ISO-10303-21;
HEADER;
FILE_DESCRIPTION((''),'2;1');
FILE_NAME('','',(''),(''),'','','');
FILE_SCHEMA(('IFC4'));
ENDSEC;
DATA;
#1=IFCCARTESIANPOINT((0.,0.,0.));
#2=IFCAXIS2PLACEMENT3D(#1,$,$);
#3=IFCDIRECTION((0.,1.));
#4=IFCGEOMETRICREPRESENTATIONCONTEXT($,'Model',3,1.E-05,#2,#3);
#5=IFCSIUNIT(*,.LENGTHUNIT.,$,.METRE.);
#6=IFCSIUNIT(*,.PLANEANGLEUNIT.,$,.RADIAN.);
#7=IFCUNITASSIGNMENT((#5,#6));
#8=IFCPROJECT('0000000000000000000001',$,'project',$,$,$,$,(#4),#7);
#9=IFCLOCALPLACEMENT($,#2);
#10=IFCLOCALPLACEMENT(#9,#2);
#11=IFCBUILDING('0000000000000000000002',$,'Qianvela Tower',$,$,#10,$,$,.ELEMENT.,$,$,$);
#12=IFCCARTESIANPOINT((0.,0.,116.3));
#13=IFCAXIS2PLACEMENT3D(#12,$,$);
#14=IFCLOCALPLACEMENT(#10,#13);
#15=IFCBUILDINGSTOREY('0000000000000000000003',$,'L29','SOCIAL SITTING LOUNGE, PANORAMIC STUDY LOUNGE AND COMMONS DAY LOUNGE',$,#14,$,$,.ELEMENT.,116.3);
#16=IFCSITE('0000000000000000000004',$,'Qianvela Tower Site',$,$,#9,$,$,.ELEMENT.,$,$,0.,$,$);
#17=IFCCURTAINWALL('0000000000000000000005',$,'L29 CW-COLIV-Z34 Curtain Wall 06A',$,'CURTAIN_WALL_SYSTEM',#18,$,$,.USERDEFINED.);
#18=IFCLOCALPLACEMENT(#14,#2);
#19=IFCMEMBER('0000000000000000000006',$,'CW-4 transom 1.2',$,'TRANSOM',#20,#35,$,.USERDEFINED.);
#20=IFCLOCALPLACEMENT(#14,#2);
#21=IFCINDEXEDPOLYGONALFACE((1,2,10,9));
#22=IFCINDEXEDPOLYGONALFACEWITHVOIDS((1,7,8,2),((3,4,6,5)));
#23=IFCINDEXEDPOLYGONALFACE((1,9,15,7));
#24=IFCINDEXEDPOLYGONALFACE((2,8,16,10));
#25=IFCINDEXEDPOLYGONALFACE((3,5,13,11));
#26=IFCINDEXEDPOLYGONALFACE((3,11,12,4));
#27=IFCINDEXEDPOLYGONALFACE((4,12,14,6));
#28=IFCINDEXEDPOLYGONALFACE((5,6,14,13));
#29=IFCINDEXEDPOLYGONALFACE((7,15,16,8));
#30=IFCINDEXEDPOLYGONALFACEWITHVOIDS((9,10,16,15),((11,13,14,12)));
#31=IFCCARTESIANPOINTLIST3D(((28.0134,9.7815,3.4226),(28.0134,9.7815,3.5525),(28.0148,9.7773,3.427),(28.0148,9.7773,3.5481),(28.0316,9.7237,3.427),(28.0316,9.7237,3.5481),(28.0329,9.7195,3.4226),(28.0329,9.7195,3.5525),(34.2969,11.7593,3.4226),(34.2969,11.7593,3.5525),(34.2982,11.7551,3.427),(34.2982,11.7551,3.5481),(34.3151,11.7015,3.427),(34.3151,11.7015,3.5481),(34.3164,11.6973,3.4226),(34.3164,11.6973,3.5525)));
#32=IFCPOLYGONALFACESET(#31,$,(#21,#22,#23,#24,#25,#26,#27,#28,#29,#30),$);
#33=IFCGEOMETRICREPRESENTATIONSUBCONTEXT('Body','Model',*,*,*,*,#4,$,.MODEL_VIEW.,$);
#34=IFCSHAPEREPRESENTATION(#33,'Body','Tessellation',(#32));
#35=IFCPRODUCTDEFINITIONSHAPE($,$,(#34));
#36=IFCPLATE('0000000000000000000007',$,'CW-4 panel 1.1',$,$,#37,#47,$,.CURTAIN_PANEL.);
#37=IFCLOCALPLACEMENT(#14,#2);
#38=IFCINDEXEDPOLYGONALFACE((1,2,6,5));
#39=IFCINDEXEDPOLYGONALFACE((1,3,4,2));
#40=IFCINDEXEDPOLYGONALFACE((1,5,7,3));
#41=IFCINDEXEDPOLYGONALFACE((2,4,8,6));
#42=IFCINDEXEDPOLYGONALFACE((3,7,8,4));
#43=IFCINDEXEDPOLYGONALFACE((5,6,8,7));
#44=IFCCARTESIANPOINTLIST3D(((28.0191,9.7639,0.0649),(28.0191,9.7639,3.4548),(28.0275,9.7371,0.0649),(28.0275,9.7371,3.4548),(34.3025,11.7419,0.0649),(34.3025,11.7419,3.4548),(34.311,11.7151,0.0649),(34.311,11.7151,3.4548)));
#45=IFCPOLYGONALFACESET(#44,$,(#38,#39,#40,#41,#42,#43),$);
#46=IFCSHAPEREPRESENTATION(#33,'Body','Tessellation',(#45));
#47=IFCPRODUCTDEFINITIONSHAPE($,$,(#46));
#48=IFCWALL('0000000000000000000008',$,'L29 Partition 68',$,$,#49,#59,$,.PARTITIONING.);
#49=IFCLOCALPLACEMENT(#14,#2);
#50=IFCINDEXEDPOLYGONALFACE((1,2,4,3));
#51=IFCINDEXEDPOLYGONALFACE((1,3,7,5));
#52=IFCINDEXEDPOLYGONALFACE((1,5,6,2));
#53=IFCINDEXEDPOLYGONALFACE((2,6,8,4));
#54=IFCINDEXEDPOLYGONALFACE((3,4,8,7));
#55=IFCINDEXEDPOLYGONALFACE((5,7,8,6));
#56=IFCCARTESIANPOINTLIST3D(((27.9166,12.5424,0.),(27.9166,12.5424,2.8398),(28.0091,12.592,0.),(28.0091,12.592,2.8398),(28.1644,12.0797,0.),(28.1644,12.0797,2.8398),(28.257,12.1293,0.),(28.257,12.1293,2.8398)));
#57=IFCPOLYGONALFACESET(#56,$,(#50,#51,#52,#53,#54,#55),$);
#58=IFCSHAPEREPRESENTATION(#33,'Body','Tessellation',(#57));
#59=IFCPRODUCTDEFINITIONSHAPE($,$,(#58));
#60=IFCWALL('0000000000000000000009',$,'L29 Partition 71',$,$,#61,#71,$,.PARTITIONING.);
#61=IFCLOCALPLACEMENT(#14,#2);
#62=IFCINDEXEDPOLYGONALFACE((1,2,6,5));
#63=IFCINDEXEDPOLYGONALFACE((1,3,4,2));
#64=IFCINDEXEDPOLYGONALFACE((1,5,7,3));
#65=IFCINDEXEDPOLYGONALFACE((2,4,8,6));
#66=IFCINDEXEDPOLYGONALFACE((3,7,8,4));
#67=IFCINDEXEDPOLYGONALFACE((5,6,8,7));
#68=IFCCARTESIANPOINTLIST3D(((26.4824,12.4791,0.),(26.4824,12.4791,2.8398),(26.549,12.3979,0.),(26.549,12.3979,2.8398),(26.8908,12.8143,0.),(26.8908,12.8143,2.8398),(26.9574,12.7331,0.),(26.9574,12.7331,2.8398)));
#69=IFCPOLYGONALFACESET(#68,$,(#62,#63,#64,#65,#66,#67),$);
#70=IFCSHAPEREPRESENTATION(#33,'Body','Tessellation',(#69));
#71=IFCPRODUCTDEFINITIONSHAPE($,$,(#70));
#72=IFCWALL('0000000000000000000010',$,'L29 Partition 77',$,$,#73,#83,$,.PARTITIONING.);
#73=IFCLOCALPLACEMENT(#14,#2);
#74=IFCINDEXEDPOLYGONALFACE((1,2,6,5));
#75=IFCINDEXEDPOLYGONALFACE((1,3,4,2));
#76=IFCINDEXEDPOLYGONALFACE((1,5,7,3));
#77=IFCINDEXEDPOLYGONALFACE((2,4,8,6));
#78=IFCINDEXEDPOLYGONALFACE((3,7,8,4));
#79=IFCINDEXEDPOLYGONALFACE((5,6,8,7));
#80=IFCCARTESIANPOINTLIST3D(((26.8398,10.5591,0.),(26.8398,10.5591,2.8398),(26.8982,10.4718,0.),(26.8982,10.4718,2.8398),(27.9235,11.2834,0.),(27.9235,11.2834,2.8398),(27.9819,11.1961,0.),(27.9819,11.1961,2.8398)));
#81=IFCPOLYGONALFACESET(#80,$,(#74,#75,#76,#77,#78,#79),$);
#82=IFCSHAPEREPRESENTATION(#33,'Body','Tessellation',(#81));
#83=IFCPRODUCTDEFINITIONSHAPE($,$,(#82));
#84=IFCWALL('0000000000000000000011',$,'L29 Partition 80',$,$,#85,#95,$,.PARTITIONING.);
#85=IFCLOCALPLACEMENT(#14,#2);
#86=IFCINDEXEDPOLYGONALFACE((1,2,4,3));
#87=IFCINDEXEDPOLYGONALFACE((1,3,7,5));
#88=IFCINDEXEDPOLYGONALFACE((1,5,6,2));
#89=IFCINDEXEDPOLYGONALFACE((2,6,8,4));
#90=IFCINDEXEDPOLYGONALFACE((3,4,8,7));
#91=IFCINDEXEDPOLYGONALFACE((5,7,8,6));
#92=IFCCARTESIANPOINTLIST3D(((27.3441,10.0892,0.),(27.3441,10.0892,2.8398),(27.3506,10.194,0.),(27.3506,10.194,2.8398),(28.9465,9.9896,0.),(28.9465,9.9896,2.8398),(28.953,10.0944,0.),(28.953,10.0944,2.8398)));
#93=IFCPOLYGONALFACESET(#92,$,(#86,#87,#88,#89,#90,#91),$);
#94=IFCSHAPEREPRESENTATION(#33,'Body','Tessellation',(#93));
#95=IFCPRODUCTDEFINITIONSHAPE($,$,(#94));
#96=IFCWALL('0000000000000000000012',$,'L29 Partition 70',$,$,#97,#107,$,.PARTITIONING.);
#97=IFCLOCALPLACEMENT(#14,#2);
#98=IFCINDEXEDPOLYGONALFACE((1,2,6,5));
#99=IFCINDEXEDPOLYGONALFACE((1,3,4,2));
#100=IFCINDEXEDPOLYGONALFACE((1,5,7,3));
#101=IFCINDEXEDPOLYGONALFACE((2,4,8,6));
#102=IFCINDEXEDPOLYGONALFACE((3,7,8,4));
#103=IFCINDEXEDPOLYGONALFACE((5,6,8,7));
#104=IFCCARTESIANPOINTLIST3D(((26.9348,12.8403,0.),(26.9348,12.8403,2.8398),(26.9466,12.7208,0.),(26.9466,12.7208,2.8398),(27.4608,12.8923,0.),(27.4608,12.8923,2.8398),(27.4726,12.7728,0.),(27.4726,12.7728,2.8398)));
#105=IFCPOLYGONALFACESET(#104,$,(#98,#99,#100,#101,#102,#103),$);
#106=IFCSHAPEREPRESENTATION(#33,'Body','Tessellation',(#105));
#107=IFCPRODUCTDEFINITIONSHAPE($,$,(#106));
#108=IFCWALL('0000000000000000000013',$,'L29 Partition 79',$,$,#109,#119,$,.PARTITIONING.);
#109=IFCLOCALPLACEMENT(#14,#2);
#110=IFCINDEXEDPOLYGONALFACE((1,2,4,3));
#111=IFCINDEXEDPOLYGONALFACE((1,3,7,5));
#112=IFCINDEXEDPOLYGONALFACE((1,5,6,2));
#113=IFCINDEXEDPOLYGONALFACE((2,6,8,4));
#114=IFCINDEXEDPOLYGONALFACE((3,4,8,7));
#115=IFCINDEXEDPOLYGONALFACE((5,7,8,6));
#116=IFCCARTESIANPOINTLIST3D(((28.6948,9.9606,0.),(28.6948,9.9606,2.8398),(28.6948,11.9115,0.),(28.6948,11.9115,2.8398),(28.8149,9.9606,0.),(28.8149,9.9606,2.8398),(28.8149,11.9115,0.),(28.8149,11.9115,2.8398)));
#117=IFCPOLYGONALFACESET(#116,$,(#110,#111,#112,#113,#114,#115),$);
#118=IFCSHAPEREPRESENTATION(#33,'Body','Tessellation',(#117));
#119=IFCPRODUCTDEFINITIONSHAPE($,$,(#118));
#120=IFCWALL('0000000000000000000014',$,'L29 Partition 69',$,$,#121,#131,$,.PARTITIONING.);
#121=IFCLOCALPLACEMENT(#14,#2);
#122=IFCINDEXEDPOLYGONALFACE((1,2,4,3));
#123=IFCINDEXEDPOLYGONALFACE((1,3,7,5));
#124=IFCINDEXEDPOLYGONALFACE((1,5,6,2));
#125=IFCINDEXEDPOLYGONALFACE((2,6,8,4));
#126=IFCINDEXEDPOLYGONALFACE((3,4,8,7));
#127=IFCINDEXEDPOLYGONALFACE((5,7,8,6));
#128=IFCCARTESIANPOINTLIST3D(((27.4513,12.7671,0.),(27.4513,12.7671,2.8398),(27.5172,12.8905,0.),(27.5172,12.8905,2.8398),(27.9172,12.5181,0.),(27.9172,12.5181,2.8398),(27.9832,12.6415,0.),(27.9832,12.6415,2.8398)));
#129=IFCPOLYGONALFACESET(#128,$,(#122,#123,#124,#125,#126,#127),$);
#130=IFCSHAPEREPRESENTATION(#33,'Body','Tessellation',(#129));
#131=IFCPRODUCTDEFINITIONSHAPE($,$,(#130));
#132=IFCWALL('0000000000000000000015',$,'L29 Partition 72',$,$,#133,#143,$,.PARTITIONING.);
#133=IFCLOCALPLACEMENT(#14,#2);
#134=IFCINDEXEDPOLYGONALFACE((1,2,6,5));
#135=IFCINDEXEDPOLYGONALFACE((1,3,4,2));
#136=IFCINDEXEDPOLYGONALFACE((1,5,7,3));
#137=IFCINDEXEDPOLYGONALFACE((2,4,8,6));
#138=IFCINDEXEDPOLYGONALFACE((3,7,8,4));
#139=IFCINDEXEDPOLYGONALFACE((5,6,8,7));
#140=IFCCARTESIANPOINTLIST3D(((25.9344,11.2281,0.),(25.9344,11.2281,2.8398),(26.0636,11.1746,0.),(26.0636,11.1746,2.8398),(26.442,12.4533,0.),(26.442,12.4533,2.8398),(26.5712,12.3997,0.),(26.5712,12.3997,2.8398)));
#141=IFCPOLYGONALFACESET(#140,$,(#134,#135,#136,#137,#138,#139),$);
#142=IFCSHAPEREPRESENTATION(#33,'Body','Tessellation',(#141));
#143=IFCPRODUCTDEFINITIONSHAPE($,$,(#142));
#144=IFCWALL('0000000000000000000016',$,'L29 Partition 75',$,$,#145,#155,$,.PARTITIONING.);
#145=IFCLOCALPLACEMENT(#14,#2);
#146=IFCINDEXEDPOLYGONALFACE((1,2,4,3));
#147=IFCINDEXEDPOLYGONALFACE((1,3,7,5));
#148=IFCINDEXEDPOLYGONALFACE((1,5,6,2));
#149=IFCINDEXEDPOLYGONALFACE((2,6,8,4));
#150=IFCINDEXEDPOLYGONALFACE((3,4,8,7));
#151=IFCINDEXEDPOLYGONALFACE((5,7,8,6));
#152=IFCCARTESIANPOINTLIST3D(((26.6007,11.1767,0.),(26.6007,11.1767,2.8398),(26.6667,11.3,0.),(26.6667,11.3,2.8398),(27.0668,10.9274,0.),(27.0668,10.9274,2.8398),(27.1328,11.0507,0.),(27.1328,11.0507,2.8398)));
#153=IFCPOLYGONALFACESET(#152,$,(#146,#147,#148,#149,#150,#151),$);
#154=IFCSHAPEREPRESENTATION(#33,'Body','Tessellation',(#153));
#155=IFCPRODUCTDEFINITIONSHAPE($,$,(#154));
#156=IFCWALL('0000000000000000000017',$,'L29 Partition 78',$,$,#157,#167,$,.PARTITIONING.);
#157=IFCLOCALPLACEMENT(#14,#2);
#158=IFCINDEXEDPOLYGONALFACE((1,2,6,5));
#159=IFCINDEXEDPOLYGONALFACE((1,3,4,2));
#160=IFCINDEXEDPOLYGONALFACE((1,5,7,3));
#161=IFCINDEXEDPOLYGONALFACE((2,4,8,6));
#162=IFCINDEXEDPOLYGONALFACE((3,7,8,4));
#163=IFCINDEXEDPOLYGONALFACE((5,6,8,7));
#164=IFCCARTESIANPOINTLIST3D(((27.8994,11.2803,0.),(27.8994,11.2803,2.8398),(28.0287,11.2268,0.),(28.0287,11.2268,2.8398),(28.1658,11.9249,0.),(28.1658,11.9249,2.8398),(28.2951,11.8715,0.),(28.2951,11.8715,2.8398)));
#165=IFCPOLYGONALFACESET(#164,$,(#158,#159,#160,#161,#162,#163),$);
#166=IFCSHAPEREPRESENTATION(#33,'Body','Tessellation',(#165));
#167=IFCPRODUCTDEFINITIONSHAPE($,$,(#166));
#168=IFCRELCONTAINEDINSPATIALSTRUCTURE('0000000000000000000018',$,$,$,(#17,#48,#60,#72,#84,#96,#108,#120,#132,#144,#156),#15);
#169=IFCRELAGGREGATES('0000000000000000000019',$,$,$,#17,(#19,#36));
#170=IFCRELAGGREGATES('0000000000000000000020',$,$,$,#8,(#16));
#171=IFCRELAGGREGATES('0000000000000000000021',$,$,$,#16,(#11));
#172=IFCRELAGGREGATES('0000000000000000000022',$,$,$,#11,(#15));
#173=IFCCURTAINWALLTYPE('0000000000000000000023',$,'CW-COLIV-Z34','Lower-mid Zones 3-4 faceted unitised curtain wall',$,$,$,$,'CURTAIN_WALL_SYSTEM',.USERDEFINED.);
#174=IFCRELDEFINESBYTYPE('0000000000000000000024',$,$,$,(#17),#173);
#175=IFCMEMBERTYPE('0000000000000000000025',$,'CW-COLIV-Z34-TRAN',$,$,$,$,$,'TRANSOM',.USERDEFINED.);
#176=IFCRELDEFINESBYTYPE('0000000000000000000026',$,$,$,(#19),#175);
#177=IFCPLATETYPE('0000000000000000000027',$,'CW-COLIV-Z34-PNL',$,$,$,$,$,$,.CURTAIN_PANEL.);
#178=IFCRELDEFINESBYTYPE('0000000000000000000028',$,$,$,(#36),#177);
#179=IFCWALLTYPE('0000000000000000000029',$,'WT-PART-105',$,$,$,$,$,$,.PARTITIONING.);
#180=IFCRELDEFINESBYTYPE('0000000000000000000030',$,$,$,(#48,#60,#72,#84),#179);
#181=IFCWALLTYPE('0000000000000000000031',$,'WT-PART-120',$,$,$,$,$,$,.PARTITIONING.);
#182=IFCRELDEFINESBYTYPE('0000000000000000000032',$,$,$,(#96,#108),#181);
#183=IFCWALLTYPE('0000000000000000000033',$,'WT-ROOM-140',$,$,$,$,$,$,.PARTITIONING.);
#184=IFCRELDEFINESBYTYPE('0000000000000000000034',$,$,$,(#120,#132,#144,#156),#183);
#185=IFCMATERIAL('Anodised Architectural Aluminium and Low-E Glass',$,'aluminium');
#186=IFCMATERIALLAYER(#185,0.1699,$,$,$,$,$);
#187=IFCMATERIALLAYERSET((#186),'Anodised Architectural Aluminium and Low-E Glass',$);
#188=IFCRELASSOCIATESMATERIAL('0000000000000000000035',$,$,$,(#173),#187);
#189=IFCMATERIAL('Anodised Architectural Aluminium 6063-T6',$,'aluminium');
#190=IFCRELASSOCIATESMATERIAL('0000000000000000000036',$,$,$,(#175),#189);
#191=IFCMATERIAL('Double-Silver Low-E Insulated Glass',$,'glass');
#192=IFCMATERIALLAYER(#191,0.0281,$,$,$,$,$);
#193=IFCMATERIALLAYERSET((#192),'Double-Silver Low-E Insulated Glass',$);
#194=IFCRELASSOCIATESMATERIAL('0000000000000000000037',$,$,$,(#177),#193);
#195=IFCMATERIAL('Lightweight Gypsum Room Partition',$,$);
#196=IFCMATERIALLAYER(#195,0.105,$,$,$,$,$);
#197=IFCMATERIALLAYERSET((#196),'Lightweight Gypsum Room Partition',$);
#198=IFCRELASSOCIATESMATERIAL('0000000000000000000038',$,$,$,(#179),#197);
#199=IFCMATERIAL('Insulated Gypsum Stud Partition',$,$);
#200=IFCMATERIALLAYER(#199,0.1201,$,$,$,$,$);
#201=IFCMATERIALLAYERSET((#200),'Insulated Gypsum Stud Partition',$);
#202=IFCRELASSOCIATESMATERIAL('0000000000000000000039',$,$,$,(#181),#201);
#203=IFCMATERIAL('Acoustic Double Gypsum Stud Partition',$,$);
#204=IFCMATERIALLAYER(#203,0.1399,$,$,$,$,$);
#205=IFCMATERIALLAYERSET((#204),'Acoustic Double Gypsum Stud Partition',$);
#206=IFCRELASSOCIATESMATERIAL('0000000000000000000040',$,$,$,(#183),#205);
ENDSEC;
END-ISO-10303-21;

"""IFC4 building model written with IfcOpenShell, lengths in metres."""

from ifc_helpers import new_model, si_unit, direction, frame, frame_2d, origin, origin_2d, place, context, subcontext, project, spatial, rectangle, hollow_rectangle, extrude, material, layer, layer_set, material_profile, profile_set, type_object, element, aggregate, save


model = new_model("IFC4")

# Units and contexts
model_context = context("Model", 3, precision=1e-05, world=origin(), true_north=direction((0.0, 1.0)))
body_context = subcontext(model_context, "Body", "Model", "MODEL_VIEW")
ifc_project = project(units=[si_unit("LENGTHUNIT", "METRE"), si_unit("PLANEANGLEUNIT", "RADIAN")], contexts=[model_context])

# Site, building, storey
site_placement = place(None, origin())
site = spatial("IfcSite", under=ifc_project, at=site_placement, Name="Qianvela Tower Site", CompositionType="ELEMENT", RefElevation=0.0)
building_placement = place(site_placement, origin())
building = spatial("IfcBuilding", under=site, at=building_placement, Name="Qianvela Tower", CompositionType="ELEMENT")
storey_placement = place(building_placement, frame((0.0, 0.0, 116.3)))
storey = spatial("IfcBuildingStorey", under=building, at=storey_placement, Name="L29", Description="SOCIAL SITTING LOUNGE, PANORAMIC STUDY LOUNGE AND COMMONS DAY LOUNGE", CompositionType="ELEMENT", Elevation=116.3)

# Curtain wall, member, plate
ifc_material_1 = material(Name="Anodised Architectural Aluminium and Low-E Glass", Category="aluminium")
ifc_layer_1 = layer(ifc_material_1, 0.1699)
ifc_layer_set_1 = layer_set([ifc_layer_1], Name="Anodised Architectural Aluminium and Low-E Glass")
curtain_wall_type = type_object("IfcCurtainWallType", Name="CW-COLIV-Z34", Description="Lower-mid Zones 3-4 faceted unitised curtain wall", ElementType="CURTAIN_WALL_SYSTEM", PredefinedType="USERDEFINED", material=ifc_layer_set_1)
curtain_wall_placement = place(storey_placement, origin())
curtain_wall = element("IfcCurtainWall", 1, at=curtain_wall_placement, inside=storey, type_object=curtain_wall_type, Name="L29 CW-COLIV-Z34 Curtain Wall 06A", ObjectType="CURTAIN_WALL_SYSTEM", PredefinedType="USERDEFINED")
ifc_material_2 = material(Name="Anodised Architectural Aluminium 6063-T6", Category="aluminium")
ifc_material_profile_1 = material_profile(ifc_material_2, hollow_rectangle(XDim=0.0649, YDim=0.1299, WallThickness=0.0044, at=origin_2d()), Name="ALU-TRAN-65x130")
ifc_profile_set_1 = profile_set([ifc_material_profile_1], Name="Anodised Architectural Aluminium 6063-T6")
member_type_1 = type_object("IfcMemberType", Name="CW-COLIV-Z34-TRAN", ElementType="TRANSOM", PredefinedType="USERDEFINED", material=ifc_profile_set_1)
member_1_placement = place(storey_placement, frame((28.0232, 9.7505, 3.4875), z_axis=(0.953864, 0.300239, 0.0), x_axis=(-0.300239, 0.953864, 0.0)))
member_1 = element("IfcMember", 2, at=member_1_placement, type_object=member_type_1, Name="CW-4 transom 1.2", ObjectType="TRANSOM", PredefinedType="USERDEFINED", context=body_context, shape_type="SweptSolid", body=[
    extrude(hollow_rectangle(XDim=0.0649, YDim=0.1299, WallThickness=0.0044, at=origin_2d()), origin(), (0.0, 0.0, 1.0), 6.5874),
])
ifc_material_3 = material(Name="Double-Silver Low-E Insulated Glass", Category="glass")
ifc_layer_2 = layer(ifc_material_3, 0.0281)
ifc_layer_set_2 = layer_set([ifc_layer_2], Name="Double-Silver Low-E Insulated Glass")
plate_type = type_object("IfcPlateType", Name="CW-COLIV-Z34-PNL", PredefinedType="CURTAIN_PANEL", material=ifc_layer_set_2)
plate_placement = place(storey_placement, frame((31.165, 10.7395, 0.0649), z_axis=(0.0, 0.0, 1.0), x_axis=(0.953857, 0.300261, 0.0)))
plate = element("IfcPlate", 3, at=plate_placement, type_object=plate_type, Name="CW-4 panel 1.1", PredefinedType="CURTAIN_PANEL", context=body_context, shape_type="SweptSolid", body=[
    extrude(rectangle(XDim=6.5874, YDim=0.0281, at=origin_2d()), origin(), (0.0, 0.0, 1.0), 3.3899),
])
aggregate(curtain_wall, [member_1, plate])

# Walls
ifc_material_4 = material(Name="Lightweight Gypsum Room Partition")
ifc_layer_3 = layer(ifc_material_4, 0.105)
ifc_layer_set_3 = layer_set([ifc_layer_3], Name="Lightweight Gypsum Room Partition")
wall_type_1 = type_object("IfcWallType", Name="WT-PART-105", PredefinedType="PARTITIONING", material=ifc_layer_set_3)
wall_1_placement = place(storey_placement, frame((28.2107, 12.1045, 0.0), z_axis=(0.0, 0.0, 1.0), x_axis=(-0.472157, 0.881515, 0.0)))
element("IfcWall", 4, at=wall_1_placement, inside=storey, type_object=wall_type_1, Name="L29 Partition 68", PredefinedType="PARTITIONING", context=body_context, shape_type="SweptSolid", body=[
    extrude(rectangle(XDim=0.5249, YDim=0.105, at=frame_2d((0.2625, 0.0))), origin(), (0.0, 0.0, 1.0), 2.8398),
])
wall_2_placement = place(storey_placement, frame((26.9241, 12.7737, 0.0), z_axis=(0.0, 0.0, 1.0), x_axis=(-0.773009, -0.634394, 0.0)))
element("IfcWall", 5, at=wall_2_placement, inside=storey, type_object=wall_type_1, Name="L29 Partition 71", PredefinedType="PARTITIONING", context=body_context, shape_type="SweptSolid", body=[
    extrude(rectangle(XDim=0.5283, YDim=0.105, at=frame_2d((0.2642, 0.0))), origin(), (0.0, 0.0, 1.0), 2.8398),
])
wall_3_placement = place(storey_placement, frame((26.8689, 10.5154, 0.0), z_axis=(0.0, 0.0, 1.0), x_axis=(0.831387, 0.555694, 0.0)))
element("IfcWall", 6, at=wall_3_placement, inside=storey, type_object=wall_type_1, Name="L29 Partition 77", PredefinedType="PARTITIONING", context=body_context, shape_type="SweptSolid", body=[
    extrude(rectangle(XDim=1.3035, YDim=0.105, at=frame_2d((0.6519, 0.0))), origin(), (0.0, 0.0, 1.0), 2.8398),
])
wall_4_placement = place(storey_placement, frame((28.9497, 10.042, 0.0), z_axis=(0.0, 0.0, 1.0), x_axis=(-0.998073, 0.062047, 0.0)))
element("IfcWall", 7, at=wall_4_placement, inside=storey, type_object=wall_type_1, Name="L29 Partition 80", PredefinedType="PARTITIONING", context=body_context, shape_type="SweptSolid", body=[
    extrude(rectangle(XDim=1.6055, YDim=0.105, at=frame_2d((0.8027, 0.0))), origin(), (0.0, 0.0, 1.0), 2.8398),
])
ifc_material_5 = material(Name="Insulated Gypsum Stud Partition")
ifc_layer_4 = layer(ifc_material_5, 0.1201)
ifc_layer_set_4 = layer_set([ifc_layer_4], Name="Insulated Gypsum Stud Partition")
wall_type_2 = type_object("IfcWallType", Name="WT-PART-120", PredefinedType="PARTITIONING", material=ifc_layer_set_4)
wall_5_placement = place(storey_placement, frame((27.4666, 12.8325, 0.0), z_axis=(0.0, 0.0, 1.0), x_axis=(-0.995146, -0.098406, 0.0)))
element("IfcWall", 8, at=wall_5_placement, inside=storey, type_object=wall_type_2, Name="L29 Partition 70", PredefinedType="PARTITIONING", context=body_context, shape_type="SweptSolid", body=[
    extrude(rectangle(XDim=0.5286, YDim=0.1201, at=frame_2d((0.2642, 0.0))), origin(), (0.0, 0.0, 1.0), 2.8398),
])
wall_6_placement = place(storey_placement, frame((28.7549, 11.9116, 0.0), z_axis=(0.0, 0.0, 1.0), x_axis=(0.0, -1.0, 0.0)))
element("IfcWall", 9, at=wall_6_placement, inside=storey, type_object=wall_type_2, Name="L29 Partition 79", PredefinedType="PARTITIONING", context=body_context, shape_type="SweptSolid", body=[
    extrude(rectangle(XDim=1.9509, YDim=0.1201, at=frame_2d((0.9756, 0.0))), origin(), (0.0, 0.0, 1.0), 2.8398),
])
ifc_material_6 = material(Name="Acoustic Double Gypsum Stud Partition")
ifc_layer_5 = layer(ifc_material_6, 0.1399)
ifc_layer_set_5 = layer_set([ifc_layer_5], Name="Acoustic Double Gypsum Stud Partition")
wall_type_3 = type_object("IfcWallType", Name="WT-ROOM-140", PredefinedType="PARTITIONING", material=ifc_layer_set_5)
wall_7_placement = place(storey_placement, frame((27.9502, 12.5798, 0.0), z_axis=(0.0, 0.0, 1.0), x_axis=(-0.881995, 0.47126, 0.0)))
element("IfcWall", 10, at=wall_7_placement, inside=storey, type_object=wall_type_3, Name="L29 Partition 69", PredefinedType="PARTITIONING", context=body_context, shape_type="SweptSolid", body=[
    extrude(rectangle(XDim=0.5283, YDim=0.1399, at=frame_2d((0.2642, 0.0))), origin(), (0.0, 0.0, 1.0), 2.8398),
])
wall_8_placement = place(storey_placement, frame((26.5066, 12.4265, 0.0), z_axis=(0.0, 0.0, 1.0), x_axis=(-0.382758, -0.923849, 0.0)))
element("IfcWall", 11, at=wall_8_placement, inside=storey, type_object=wall_type_3, Name="L29 Partition 72", PredefinedType="PARTITIONING", context=body_context, shape_type="SweptSolid", body=[
    extrude(rectangle(XDim=1.3262, YDim=0.1399, at=frame_2d((0.6631, 0.0))), origin(), (0.0, 0.0, 1.0), 2.8398),
])
wall_9_placement = place(storey_placement, frame((26.6338, 11.2383, 0.0), z_axis=(0.0, 0.0, 1.0), x_axis=(0.881803, -0.471619, 0.0)))
element("IfcWall", 12, at=wall_9_placement, inside=storey, type_object=wall_type_3, Name="L29 Partition 75", PredefinedType="PARTITIONING", context=body_context, shape_type="SweptSolid", body=[
    extrude(rectangle(XDim=0.5286, YDim=0.1399, at=frame_2d((0.2642, 0.0))), origin(), (0.0, 0.0, 1.0), 2.8398),
])
wall_10_placement = place(storey_placement, frame((27.9641, 11.2537, 0.0), z_axis=(0.0, 0.0, 1.0), x_axis=(0.381929, 0.924192, 0.0)))
element("IfcWall", 13, at=wall_10_placement, inside=storey, type_object=wall_type_3, Name="L29 Partition 78", PredefinedType="PARTITIONING", context=body_context, shape_type="SweptSolid", body=[
    extrude(rectangle(XDim=0.6975, YDim=0.1399, at=frame_2d((0.3486, 0.0))), origin(), (0.0, 0.0, 1.0), 2.8398),
])

save(model, "model.ifc")
